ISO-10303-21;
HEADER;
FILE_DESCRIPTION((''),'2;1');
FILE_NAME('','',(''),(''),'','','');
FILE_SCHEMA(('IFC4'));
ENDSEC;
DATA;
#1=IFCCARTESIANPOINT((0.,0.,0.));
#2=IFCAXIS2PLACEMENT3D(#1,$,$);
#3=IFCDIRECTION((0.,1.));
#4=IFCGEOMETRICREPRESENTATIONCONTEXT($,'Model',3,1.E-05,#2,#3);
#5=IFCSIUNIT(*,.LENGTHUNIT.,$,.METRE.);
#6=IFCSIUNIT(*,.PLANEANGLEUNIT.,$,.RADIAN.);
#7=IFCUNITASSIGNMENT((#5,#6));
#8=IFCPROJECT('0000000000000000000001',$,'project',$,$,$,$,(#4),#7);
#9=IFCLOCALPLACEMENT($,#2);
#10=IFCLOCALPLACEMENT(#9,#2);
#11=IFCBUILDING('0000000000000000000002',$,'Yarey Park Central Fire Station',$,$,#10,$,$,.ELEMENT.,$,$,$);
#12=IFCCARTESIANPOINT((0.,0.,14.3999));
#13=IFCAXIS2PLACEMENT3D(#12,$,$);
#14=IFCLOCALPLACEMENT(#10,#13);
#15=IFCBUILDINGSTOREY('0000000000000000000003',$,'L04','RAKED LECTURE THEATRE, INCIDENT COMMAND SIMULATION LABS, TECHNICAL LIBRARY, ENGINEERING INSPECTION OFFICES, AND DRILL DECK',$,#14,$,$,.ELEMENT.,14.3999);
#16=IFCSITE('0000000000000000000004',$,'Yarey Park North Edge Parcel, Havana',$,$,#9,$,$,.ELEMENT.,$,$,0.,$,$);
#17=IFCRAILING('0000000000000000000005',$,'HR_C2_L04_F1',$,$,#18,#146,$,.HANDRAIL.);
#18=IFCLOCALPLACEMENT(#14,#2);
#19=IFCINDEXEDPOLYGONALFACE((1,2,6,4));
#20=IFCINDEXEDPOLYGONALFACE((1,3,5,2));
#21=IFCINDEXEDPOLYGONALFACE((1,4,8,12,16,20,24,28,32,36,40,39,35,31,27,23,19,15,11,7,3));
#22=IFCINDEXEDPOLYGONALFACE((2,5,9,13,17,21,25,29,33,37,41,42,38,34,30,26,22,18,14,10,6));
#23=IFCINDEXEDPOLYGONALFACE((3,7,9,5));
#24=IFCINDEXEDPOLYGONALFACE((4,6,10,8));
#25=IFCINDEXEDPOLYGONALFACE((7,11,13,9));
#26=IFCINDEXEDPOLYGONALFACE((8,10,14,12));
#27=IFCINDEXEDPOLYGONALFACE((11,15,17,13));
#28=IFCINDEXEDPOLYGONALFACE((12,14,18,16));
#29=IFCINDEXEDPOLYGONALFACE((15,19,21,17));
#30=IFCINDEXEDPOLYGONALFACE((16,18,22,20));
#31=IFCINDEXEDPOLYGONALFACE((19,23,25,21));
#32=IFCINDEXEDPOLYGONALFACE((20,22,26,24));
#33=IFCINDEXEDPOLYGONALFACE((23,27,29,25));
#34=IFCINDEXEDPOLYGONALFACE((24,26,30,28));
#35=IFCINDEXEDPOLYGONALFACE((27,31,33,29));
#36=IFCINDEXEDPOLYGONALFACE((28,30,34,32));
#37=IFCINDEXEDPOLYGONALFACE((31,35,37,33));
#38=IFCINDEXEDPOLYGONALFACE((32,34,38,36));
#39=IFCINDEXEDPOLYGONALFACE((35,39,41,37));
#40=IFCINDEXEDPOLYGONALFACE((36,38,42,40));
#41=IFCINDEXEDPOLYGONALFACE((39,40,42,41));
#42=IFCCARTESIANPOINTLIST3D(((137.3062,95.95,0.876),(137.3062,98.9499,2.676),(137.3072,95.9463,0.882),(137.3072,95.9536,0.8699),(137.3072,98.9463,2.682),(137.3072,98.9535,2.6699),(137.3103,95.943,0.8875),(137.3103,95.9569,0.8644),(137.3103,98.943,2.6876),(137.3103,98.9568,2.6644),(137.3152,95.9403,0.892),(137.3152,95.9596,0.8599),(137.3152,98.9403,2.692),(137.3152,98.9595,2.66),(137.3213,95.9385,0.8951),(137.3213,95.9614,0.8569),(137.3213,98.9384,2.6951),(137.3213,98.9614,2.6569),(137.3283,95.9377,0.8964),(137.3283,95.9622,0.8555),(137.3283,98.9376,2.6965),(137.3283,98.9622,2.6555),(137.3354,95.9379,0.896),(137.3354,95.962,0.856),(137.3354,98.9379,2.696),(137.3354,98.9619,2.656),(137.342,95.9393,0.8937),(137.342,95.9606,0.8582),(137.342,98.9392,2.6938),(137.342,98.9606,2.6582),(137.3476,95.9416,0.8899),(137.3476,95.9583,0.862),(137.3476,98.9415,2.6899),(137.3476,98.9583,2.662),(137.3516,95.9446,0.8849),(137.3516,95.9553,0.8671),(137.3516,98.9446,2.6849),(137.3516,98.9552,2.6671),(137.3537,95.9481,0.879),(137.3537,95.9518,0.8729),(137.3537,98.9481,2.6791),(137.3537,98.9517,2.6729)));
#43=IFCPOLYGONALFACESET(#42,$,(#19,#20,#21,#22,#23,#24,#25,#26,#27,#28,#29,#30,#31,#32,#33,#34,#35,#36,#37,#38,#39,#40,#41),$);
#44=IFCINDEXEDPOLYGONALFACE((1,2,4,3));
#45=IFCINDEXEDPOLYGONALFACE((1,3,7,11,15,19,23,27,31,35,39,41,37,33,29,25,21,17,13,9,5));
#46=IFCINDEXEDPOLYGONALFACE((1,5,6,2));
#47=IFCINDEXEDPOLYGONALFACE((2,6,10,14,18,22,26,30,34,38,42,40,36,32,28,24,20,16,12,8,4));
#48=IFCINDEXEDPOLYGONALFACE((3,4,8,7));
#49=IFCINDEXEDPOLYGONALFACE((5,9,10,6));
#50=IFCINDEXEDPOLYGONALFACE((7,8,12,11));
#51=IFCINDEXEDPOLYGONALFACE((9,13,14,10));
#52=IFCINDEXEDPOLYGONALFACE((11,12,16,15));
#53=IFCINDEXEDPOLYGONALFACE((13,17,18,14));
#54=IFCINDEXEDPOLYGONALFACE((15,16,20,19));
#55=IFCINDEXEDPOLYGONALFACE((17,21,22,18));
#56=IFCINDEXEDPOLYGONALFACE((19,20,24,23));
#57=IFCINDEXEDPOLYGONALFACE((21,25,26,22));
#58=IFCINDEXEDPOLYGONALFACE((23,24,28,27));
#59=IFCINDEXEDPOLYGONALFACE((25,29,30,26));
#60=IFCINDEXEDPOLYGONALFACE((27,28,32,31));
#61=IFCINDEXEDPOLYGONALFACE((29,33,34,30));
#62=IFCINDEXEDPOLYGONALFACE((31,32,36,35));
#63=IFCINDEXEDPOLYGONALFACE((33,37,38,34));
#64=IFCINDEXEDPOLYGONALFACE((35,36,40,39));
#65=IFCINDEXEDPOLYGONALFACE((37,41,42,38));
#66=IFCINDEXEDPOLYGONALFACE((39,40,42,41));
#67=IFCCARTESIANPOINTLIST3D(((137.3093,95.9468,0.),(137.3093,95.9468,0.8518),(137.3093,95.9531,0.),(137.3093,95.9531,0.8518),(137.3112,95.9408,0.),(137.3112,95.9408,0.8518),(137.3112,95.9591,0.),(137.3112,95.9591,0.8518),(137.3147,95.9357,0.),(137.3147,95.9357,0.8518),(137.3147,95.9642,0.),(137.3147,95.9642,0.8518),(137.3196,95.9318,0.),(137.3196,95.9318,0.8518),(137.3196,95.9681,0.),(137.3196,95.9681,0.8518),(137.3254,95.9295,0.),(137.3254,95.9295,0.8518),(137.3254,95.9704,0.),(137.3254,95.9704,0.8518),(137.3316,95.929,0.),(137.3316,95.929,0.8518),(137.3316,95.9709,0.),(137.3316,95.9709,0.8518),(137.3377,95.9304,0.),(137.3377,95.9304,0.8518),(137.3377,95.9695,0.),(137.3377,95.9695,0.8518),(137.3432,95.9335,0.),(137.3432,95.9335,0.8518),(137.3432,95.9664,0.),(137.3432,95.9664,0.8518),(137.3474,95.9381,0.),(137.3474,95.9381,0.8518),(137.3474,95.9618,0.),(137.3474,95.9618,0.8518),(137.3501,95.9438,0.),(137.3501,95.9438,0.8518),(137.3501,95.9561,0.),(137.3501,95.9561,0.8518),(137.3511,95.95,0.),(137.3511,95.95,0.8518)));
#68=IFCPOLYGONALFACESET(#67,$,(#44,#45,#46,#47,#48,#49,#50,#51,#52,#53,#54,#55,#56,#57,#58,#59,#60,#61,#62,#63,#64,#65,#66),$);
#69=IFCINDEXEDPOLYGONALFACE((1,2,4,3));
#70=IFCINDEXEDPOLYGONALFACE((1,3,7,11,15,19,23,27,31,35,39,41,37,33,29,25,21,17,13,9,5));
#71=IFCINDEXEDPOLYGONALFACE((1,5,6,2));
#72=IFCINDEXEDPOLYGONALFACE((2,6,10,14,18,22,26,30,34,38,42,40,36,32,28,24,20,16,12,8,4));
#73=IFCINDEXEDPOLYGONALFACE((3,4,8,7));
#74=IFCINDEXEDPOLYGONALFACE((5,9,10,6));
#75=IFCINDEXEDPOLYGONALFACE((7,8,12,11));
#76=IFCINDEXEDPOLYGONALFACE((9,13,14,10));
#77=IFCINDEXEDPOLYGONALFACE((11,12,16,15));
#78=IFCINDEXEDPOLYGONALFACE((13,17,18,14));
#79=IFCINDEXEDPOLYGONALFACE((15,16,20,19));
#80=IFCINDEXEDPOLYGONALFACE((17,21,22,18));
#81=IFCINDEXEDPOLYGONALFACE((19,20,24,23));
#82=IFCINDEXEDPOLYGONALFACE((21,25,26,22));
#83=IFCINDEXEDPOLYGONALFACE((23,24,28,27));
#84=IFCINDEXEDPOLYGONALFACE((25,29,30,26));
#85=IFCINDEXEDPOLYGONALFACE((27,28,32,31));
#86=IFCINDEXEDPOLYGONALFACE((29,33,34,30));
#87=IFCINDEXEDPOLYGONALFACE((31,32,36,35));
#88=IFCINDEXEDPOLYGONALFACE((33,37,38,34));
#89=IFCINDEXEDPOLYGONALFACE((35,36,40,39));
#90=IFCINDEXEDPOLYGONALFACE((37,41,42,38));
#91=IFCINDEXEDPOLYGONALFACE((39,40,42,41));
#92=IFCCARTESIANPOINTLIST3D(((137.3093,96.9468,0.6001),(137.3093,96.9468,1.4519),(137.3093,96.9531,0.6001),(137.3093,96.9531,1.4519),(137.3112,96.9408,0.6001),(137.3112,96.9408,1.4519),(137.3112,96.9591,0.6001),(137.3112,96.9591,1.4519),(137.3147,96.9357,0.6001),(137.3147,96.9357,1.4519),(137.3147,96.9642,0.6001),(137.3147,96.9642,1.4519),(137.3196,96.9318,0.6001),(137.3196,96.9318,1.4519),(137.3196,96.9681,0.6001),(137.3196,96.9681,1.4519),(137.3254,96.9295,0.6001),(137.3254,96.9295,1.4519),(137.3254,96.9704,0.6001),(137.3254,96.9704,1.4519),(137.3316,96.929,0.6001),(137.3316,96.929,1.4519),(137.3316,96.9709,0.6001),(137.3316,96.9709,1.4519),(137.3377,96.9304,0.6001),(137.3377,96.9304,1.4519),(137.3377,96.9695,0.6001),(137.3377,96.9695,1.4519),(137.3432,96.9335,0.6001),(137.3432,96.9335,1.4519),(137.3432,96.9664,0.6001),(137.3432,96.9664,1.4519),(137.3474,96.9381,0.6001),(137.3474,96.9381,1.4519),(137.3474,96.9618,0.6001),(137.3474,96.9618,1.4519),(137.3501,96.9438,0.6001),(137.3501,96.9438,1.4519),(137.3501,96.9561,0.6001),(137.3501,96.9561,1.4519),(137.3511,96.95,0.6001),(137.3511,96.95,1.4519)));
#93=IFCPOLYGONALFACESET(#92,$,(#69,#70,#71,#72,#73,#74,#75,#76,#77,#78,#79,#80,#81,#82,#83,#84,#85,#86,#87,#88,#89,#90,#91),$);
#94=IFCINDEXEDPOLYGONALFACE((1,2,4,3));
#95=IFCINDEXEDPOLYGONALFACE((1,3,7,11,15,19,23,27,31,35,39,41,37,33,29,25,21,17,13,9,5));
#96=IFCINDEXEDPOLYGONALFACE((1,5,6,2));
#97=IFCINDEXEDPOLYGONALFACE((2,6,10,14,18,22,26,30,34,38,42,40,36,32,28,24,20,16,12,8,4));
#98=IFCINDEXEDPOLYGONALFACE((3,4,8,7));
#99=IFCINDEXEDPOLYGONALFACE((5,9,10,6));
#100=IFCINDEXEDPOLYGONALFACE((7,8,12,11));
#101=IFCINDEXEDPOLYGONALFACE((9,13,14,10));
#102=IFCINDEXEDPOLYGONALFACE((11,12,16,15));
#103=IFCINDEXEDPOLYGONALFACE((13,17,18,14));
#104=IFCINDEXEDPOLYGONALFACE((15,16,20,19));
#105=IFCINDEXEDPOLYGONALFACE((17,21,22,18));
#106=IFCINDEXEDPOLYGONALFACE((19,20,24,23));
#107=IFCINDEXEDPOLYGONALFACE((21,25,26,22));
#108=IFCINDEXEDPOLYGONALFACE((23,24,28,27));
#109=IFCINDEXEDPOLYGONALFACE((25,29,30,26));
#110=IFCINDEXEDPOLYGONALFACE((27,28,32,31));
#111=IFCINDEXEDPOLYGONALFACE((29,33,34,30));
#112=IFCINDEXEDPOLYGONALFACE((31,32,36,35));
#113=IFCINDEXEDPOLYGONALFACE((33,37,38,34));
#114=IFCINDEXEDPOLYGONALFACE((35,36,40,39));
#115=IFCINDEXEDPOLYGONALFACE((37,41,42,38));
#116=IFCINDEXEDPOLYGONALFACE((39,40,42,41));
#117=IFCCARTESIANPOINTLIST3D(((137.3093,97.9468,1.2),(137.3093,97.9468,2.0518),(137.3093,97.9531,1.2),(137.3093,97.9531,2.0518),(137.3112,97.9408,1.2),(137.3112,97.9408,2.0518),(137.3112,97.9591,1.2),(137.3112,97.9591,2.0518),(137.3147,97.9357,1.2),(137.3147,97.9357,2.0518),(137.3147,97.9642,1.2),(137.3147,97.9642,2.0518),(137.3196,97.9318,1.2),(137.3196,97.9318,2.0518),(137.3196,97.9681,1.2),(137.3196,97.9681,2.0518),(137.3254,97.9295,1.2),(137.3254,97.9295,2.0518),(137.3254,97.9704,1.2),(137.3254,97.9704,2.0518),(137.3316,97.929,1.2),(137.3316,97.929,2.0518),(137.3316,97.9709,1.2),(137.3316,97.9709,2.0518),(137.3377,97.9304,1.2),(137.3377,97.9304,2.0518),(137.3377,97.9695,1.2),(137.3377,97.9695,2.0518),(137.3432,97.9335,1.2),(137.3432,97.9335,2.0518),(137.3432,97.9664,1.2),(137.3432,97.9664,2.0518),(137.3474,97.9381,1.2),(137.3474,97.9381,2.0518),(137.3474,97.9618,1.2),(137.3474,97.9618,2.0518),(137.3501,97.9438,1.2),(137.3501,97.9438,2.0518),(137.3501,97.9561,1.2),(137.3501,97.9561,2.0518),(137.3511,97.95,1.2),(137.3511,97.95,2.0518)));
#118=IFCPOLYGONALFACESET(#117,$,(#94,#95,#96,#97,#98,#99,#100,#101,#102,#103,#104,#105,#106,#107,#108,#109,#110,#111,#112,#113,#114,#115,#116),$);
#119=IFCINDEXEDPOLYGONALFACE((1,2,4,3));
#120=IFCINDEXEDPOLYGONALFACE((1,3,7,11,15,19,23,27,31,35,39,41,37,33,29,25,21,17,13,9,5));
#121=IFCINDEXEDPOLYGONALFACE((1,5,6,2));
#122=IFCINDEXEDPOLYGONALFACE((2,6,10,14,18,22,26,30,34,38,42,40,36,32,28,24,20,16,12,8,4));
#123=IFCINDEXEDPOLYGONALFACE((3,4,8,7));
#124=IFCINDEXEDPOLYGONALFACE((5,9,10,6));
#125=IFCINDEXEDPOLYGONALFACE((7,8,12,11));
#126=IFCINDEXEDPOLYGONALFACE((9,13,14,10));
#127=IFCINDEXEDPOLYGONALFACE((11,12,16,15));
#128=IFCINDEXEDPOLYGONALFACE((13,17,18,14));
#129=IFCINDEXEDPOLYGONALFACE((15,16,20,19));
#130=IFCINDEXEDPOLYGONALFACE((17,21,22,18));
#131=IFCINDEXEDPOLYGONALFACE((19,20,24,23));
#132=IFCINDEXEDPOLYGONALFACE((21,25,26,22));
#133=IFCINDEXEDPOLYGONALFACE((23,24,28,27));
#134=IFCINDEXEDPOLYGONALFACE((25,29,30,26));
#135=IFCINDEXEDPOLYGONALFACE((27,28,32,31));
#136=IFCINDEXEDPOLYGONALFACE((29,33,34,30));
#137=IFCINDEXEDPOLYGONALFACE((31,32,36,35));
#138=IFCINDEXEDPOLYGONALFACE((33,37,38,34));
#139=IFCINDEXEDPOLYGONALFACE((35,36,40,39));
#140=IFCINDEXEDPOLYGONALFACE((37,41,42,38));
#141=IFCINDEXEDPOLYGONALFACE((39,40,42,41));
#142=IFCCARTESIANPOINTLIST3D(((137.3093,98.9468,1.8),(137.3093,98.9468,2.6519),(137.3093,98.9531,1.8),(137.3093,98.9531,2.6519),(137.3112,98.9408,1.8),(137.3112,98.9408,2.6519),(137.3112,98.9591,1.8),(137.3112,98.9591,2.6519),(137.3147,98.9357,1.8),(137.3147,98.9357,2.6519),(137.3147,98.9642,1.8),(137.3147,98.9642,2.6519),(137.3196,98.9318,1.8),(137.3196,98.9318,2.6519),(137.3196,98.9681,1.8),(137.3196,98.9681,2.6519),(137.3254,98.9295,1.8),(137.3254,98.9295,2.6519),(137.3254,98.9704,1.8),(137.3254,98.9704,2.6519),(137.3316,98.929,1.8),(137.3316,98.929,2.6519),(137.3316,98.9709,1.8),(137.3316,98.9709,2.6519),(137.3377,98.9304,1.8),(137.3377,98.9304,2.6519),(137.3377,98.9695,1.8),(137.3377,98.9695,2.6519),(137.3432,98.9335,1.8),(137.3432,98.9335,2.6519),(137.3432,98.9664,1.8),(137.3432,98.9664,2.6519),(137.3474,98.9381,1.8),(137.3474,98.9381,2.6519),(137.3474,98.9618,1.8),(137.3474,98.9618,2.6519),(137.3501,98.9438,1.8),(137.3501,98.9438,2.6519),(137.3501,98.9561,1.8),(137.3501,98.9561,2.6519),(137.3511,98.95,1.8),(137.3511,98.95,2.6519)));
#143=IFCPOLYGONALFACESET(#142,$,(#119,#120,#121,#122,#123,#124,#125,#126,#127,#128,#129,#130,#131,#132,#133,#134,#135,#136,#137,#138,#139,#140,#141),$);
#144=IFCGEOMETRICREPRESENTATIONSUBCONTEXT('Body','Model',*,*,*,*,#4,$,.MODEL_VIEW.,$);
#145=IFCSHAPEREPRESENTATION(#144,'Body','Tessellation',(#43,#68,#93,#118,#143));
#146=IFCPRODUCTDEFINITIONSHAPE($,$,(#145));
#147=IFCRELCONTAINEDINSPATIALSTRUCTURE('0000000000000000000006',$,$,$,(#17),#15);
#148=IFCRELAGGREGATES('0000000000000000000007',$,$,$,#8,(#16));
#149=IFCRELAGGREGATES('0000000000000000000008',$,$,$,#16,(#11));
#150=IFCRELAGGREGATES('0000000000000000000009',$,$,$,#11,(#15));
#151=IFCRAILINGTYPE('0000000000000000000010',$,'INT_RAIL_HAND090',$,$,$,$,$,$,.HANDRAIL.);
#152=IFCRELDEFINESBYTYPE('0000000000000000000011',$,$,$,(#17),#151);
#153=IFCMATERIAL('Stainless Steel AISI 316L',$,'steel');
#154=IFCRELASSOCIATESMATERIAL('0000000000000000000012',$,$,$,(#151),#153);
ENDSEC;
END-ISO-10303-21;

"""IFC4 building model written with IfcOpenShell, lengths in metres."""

from ifc_helpers import new_model, si_unit, direction, frame, origin, origin_2d, place, context, subcontext, project, spatial, circle, extrude, material, type_object, element, save


model = new_model("IFC4")

# Units and contexts
model_context = context("Model", 3, precision=1e-05, world=origin(), true_north=direction((0.0, 1.0)))
body_context = subcontext(model_context, "Body", "Model", "MODEL_VIEW")
ifc_project = project(units=[si_unit("LENGTHUNIT", "METRE"), si_unit("PLANEANGLEUNIT", "RADIAN")], contexts=[model_context])

# Site, building, storey
site_placement = place(None, origin())
site = spatial("IfcSite", under=ifc_project, at=site_placement, Name="Yarey Park North Edge Parcel, Havana", CompositionType="ELEMENT", RefElevation=0.0)
building_placement = place(site_placement, origin())
building = spatial("IfcBuilding", under=site, at=building_placement, Name="Yarey Park Central Fire Station", CompositionType="ELEMENT")
storey_placement = place(building_placement, frame((0.0, 0.0, 14.3999)))
storey = spatial("IfcBuildingStorey", under=building, at=storey_placement, Name="L04", Description="RAKED LECTURE THEATRE, INCIDENT COMMAND SIMULATION LABS, TECHNICAL LIBRARY, ENGINEERING INSPECTION OFFICES, AND DRILL DECK", CompositionType="ELEMENT", Elevation=14.3999)

# Railing
ifc_material_1 = material(Name="Stainless Steel AISI 316L", Category="steel")
railing_type_1 = type_object("IfcRailingType", Name="INT_RAIL_HAND090", PredefinedType="HANDRAIL", material=ifc_material_1)
railing_1_placement = place(storey_placement, frame((137.3301, 95.95, 0.0)))
element("IfcRailing", 1, at=railing_1_placement, inside=storey, type_object=railing_type_1, Name="HR_C2_L04_F1", PredefinedType="HANDRAIL", context=body_context, shape_type="SweptSolid", body=[
    extrude(circle(Radius=0.0239, at=origin_2d()), frame((0.0, 0.0, 0.876), z_axis=(0.0, 0.857487, 0.514506), x_axis=(-1.0, 0.0, 0.0)), (0.0, 0.0, 1.0), 3.4985),
    extrude(circle(Radius=0.021, at=origin_2d()), origin(), (0.0, 0.0, 1.0), 0.8518),
    extrude(circle(Radius=0.021, at=origin_2d()), frame((0.0, 1.0, 0.6001)), (0.0, 0.0, 1.0), 0.8518),
    extrude(circle(Radius=0.021, at=origin_2d()), frame((0.0, 2.0, 1.2)), (0.0, 0.0, 1.0), 0.8518),
    extrude(circle(Radius=0.021, at=origin_2d()), frame((0.0, 3.0, 1.8)), (0.0, 0.0, 1.0), 0.8518),
])

save(model, "model.ifc")
